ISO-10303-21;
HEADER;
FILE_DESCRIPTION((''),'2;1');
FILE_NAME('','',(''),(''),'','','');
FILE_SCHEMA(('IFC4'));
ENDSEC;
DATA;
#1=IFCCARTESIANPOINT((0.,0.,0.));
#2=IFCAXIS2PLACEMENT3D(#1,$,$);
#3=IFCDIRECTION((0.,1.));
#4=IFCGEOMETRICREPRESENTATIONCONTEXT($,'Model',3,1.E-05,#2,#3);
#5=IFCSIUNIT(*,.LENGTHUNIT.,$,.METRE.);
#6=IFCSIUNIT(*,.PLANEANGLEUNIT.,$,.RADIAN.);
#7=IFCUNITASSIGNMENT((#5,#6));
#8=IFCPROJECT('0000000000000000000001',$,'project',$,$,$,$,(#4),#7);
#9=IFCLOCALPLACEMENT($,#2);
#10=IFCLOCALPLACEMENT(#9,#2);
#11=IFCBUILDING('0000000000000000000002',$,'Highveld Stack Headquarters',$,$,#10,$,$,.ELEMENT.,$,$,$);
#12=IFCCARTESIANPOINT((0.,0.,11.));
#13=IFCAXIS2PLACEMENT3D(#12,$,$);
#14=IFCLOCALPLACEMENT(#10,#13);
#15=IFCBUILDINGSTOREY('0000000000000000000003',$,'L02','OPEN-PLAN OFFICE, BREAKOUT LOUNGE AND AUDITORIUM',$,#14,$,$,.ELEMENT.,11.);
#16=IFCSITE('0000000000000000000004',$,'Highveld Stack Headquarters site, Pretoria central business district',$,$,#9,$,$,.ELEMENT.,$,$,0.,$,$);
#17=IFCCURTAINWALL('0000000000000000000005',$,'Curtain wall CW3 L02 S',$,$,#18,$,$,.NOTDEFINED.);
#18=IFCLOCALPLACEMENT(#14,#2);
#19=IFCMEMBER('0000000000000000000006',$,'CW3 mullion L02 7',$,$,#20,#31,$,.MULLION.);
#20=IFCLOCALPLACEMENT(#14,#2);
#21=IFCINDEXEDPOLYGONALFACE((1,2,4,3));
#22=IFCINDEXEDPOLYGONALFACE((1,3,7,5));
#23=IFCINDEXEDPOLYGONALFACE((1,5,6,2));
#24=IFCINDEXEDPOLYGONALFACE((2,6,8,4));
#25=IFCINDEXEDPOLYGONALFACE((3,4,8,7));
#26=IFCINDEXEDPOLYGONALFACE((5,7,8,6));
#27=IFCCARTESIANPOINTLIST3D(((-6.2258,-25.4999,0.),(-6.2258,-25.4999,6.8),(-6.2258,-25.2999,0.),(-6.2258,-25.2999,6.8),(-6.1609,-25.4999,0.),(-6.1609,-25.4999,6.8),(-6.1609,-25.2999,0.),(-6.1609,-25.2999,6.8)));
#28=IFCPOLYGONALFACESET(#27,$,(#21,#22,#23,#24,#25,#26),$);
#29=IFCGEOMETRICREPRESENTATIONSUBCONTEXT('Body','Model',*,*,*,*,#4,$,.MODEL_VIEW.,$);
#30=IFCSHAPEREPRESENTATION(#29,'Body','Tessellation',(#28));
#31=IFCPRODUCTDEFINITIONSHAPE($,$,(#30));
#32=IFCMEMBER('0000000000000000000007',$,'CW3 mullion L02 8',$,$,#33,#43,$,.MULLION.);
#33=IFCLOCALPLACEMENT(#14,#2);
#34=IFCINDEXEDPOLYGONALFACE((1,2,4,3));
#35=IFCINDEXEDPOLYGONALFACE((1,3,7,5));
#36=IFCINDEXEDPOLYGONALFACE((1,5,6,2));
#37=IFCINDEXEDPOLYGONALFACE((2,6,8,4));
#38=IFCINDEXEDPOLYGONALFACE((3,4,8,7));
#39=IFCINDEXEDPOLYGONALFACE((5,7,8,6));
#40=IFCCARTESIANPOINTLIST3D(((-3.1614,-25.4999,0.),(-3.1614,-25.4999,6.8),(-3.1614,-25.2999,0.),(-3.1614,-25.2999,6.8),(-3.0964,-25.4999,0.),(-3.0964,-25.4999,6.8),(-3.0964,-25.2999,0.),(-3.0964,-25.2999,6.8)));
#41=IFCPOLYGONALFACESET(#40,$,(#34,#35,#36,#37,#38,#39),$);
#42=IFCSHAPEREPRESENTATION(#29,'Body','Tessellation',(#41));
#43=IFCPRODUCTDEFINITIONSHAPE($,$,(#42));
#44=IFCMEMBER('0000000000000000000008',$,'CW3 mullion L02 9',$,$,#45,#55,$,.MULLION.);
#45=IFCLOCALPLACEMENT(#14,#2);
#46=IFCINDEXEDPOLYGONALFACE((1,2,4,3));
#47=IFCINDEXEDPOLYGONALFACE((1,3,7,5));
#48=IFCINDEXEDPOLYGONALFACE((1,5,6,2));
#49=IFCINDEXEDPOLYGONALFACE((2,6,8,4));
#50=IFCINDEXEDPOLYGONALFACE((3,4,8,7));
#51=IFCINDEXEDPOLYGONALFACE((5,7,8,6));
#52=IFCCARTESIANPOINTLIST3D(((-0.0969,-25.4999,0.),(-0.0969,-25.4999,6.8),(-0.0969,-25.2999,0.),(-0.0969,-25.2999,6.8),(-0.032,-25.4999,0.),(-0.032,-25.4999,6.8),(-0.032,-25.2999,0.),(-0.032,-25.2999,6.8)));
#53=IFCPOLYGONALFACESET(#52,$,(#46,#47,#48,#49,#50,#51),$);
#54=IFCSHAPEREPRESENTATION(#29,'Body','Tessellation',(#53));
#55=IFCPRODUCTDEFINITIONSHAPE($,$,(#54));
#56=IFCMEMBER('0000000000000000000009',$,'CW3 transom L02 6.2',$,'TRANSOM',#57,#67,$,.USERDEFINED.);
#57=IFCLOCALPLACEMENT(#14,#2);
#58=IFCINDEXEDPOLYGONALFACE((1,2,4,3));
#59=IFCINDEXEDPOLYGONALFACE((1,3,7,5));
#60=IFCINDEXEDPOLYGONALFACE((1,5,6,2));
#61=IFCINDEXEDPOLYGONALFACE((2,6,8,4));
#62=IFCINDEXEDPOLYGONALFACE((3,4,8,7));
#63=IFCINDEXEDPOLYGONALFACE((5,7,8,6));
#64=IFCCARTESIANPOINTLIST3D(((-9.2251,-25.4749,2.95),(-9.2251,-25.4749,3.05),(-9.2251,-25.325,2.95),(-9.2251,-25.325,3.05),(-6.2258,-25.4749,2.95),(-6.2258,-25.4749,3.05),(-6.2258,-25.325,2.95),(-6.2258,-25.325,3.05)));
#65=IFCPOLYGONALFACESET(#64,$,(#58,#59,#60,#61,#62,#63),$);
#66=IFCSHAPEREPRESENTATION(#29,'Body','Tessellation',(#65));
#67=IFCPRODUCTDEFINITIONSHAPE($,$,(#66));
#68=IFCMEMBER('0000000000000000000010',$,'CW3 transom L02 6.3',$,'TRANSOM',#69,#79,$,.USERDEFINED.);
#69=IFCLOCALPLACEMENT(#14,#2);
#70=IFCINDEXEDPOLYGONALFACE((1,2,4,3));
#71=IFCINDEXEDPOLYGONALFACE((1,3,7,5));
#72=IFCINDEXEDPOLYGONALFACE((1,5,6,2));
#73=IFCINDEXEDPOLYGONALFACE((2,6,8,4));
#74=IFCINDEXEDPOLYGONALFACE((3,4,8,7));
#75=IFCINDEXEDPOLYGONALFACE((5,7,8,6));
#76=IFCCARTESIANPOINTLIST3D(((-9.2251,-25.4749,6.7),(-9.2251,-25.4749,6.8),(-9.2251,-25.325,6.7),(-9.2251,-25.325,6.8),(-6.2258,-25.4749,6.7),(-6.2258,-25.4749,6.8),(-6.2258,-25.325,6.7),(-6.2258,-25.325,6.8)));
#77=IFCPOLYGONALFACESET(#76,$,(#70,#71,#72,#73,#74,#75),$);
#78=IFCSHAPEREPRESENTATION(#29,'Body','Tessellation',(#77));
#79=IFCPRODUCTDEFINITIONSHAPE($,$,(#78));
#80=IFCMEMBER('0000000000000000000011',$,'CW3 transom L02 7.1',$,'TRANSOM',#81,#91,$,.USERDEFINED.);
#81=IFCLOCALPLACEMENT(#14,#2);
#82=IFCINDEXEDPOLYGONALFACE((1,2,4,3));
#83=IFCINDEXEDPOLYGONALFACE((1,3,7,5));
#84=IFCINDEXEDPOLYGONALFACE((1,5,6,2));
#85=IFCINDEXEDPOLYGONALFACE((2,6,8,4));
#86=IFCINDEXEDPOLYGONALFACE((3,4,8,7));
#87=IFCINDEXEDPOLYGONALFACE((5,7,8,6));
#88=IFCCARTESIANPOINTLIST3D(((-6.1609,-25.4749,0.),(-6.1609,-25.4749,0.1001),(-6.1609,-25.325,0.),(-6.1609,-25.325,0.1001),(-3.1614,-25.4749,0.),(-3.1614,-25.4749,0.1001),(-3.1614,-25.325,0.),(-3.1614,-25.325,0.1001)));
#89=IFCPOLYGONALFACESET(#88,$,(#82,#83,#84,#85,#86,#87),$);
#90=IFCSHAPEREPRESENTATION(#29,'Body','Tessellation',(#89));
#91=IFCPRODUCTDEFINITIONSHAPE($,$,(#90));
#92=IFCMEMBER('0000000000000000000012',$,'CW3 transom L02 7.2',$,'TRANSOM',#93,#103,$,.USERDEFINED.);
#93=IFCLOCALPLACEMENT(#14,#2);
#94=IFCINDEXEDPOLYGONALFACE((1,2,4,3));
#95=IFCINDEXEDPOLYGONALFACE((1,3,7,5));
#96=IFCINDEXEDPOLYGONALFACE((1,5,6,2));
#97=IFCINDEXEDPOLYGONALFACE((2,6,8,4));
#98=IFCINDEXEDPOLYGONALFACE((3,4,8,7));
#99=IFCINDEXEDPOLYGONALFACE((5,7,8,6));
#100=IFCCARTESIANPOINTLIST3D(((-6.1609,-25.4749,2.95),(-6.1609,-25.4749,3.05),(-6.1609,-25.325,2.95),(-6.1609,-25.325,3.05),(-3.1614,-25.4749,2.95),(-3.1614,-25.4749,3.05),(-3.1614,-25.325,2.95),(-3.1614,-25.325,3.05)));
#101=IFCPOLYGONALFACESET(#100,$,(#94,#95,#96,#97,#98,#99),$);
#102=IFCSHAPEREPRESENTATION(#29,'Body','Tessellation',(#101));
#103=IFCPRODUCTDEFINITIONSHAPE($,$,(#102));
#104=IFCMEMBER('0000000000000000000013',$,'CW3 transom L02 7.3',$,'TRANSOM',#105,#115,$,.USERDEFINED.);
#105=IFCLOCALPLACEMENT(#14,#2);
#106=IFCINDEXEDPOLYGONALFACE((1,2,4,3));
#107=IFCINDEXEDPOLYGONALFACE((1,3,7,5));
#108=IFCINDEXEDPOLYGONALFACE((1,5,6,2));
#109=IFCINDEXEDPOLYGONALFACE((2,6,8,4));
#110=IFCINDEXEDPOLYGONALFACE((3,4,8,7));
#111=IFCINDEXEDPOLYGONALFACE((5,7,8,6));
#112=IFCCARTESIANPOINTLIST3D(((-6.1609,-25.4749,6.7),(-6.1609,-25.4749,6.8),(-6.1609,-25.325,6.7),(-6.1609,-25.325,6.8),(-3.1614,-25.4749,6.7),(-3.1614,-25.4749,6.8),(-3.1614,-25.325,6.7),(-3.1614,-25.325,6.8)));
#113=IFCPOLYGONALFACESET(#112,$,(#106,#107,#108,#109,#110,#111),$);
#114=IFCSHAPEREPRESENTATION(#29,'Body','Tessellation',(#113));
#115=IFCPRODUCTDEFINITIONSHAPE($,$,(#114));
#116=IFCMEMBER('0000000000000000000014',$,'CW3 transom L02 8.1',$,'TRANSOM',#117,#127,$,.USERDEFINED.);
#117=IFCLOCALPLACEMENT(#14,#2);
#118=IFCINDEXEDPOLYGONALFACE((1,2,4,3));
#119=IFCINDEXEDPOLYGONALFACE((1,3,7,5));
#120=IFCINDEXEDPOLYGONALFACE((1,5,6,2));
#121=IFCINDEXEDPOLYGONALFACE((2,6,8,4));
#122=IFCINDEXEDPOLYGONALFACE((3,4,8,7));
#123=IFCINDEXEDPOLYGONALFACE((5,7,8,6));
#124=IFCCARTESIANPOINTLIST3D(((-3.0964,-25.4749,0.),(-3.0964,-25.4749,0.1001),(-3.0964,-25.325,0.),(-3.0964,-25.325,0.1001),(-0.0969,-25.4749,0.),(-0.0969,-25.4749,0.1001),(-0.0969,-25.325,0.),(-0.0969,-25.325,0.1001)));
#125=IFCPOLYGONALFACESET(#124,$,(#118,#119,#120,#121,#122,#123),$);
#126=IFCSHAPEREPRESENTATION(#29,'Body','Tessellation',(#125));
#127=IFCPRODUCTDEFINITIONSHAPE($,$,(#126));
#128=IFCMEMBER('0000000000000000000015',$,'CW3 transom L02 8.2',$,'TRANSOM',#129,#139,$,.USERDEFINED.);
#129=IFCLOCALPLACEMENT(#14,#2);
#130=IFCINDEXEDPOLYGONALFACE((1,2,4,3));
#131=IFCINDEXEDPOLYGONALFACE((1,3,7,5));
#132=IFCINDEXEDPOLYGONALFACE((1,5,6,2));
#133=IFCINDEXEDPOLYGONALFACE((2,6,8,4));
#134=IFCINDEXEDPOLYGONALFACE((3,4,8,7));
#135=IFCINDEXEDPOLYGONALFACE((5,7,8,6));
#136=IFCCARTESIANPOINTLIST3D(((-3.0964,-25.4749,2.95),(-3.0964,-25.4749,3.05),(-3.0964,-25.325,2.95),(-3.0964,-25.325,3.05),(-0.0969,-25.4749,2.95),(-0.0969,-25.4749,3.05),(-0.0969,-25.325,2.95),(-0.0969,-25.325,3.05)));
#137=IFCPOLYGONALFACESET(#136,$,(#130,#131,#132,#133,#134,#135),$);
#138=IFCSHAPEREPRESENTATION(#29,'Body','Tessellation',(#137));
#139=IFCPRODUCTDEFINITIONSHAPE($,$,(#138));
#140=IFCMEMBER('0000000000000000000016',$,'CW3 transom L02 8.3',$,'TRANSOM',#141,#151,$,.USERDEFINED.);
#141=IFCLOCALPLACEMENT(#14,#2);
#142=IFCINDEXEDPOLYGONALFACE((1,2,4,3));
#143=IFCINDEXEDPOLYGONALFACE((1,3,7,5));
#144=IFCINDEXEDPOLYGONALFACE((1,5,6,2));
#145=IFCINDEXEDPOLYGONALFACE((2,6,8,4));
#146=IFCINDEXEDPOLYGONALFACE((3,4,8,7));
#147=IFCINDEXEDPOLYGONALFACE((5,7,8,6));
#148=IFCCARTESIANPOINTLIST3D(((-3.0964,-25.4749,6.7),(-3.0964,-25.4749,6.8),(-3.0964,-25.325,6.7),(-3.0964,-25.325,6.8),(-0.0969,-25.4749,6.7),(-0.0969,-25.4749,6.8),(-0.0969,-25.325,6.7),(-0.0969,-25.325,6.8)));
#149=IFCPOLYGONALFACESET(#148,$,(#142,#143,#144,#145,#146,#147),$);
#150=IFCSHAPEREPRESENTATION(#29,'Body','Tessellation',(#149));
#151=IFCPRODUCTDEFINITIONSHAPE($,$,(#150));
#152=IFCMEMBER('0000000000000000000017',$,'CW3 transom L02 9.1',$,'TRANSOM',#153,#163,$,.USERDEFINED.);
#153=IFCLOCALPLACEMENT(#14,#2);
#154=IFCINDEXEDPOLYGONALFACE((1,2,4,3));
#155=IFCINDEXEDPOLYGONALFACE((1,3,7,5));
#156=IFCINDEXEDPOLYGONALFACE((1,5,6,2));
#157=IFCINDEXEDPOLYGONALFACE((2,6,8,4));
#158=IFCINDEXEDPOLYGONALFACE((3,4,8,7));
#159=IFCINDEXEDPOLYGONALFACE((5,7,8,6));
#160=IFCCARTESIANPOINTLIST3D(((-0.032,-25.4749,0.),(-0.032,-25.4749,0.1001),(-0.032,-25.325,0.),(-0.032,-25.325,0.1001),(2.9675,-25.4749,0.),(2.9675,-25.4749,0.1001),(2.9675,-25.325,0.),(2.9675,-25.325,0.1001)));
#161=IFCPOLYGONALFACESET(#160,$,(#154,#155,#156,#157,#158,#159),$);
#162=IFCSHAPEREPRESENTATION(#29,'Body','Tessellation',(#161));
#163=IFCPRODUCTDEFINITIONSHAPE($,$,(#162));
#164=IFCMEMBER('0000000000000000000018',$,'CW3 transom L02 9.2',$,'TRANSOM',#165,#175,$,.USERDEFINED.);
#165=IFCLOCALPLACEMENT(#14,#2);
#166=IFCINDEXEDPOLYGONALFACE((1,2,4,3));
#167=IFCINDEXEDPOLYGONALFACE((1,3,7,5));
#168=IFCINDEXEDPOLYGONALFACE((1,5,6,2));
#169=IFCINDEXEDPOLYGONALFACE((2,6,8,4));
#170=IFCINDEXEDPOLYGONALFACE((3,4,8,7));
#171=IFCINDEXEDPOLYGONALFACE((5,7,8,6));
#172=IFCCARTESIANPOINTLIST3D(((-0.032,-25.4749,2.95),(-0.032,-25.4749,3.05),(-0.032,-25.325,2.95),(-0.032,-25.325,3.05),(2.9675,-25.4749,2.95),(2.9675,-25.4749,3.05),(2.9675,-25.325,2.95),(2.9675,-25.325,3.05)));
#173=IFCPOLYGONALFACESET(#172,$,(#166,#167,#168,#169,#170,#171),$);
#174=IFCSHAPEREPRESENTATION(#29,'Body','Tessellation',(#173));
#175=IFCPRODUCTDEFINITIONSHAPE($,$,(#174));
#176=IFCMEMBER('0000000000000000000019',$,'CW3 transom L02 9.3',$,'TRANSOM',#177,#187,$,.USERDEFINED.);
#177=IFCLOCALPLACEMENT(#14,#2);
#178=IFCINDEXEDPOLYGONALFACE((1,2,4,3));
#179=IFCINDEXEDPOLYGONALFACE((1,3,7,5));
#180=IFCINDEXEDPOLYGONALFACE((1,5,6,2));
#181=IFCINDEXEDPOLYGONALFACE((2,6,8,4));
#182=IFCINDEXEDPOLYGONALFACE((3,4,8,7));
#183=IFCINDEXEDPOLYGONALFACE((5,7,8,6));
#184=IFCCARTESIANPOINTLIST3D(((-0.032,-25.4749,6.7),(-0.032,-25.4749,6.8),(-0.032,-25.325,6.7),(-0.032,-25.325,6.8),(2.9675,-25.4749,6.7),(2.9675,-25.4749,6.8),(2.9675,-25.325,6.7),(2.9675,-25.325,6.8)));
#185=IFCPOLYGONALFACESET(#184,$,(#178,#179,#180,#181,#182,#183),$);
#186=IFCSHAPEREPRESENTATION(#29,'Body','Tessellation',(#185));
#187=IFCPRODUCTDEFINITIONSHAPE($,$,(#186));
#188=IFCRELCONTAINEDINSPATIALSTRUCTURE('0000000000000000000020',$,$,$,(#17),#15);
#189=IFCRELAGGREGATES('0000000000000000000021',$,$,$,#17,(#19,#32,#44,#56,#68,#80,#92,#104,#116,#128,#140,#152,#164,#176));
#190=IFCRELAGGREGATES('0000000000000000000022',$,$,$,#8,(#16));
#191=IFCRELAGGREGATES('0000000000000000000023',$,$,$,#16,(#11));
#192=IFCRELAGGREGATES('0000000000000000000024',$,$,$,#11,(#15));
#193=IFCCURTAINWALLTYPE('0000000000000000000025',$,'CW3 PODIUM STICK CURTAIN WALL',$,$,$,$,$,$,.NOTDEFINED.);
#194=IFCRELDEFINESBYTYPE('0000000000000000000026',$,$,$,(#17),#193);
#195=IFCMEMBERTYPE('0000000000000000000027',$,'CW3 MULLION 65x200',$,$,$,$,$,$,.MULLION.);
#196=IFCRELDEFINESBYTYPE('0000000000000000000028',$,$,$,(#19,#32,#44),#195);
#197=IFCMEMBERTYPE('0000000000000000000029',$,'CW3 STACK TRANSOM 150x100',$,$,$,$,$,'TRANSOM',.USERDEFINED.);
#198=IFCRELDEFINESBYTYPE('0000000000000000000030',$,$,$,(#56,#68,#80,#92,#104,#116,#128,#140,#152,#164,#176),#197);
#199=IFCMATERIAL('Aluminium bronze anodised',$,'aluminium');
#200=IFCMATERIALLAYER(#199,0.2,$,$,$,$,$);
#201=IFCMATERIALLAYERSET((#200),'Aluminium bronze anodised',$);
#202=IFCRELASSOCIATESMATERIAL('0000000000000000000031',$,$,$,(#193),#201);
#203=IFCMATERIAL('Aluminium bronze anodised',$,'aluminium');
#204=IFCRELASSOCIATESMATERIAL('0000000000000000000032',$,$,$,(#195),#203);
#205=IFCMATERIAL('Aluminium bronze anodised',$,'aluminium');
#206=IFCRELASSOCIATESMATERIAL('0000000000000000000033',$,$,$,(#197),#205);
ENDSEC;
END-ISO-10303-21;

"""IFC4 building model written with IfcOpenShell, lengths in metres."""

from ifc_helpers import new_model, si_unit, direction, frame, origin, origin_2d, place, context, subcontext, project, spatial, rectangle, extrude, material, layer, layer_set, material_profile, profile_set, type_object, element, aggregate, save


model = new_model("IFC4")

# Units and contexts
model_context = context("Model", 3, precision=1e-05, world=origin(), true_north=direction((0.0, 1.0)))
body_context = subcontext(model_context, "Body", "Model", "MODEL_VIEW")
ifc_project = project(units=[si_unit("LENGTHUNIT", "METRE"), si_unit("PLANEANGLEUNIT", "RADIAN")], contexts=[model_context])

# Site, building, storey
site_placement = place(None, origin())
site = spatial("IfcSite", under=ifc_project, at=site_placement, Name="Highveld Stack Headquarters site, Pretoria central business district", CompositionType="ELEMENT", RefElevation=0.0)
building_placement = place(site_placement, origin())
building = spatial("IfcBuilding", under=site, at=building_placement, Name="Highveld Stack Headquarters", CompositionType="ELEMENT")
storey_placement = place(building_placement, frame((0.0, 0.0, 11.0)))
storey = spatial("IfcBuildingStorey", under=building, at=storey_placement, Name="L02", Description="OPEN-PLAN OFFICE, BREAKOUT LOUNGE AND AUDITORIUM", CompositionType="ELEMENT", Elevation=11.0)

# Curtain wall, members
ifc_material_1 = material(Name="Aluminium bronze anodised", Category="aluminium")
ifc_layer_1 = layer(ifc_material_1, 0.2)
ifc_layer_set_1 = layer_set([ifc_layer_1], Name="Aluminium bronze anodised")
curtain_wall_type = type_object("IfcCurtainWallType", Name="CW3 PODIUM STICK CURTAIN WALL", PredefinedType="NOTDEFINED", material=ifc_layer_set_1)
curtain_wall_placement = place(storey_placement, origin())
curtain_wall = element("IfcCurtainWall", 1, at=curtain_wall_placement, inside=storey, type_object=curtain_wall_type, Name="Curtain wall CW3 L02 S", PredefinedType="NOTDEFINED")
ifc_material_2 = material(Name="Aluminium bronze anodised", Category="aluminium")
ifc_material_profile_1 = material_profile(ifc_material_2, rectangle(XDim=0.2, YDim=0.0649, at=origin_2d()), Name="CW3 MULLION 65x200")
ifc_profile_set_1 = profile_set([ifc_material_profile_1], Name="Aluminium bronze anodised")
member_type_1 = type_object("IfcMemberType", Name="CW3 MULLION 65x200", PredefinedType="MULLION", material=ifc_profile_set_1)
member_1_placement = place(storey_placement, frame((-6.1934, -25.3999, 0.0), z_axis=(0.0, 0.0, 1.0), x_axis=(0.0, 1.0, 0.0)))
member_1 = element("IfcMember", 2, at=member_1_placement, type_object=member_type_1, Name="CW3 mullion L02 7", PredefinedType="MULLION", context=body_context, shape_type="SweptSolid", body=[
    extrude(rectangle(XDim=0.2, YDim=0.0649, at=origin_2d()), origin(), (0.0, 0.0, 1.0), 6.8),
])
member_2_placement = place(storey_placement, frame((-3.1289, -25.3999, 0.0), z_axis=(0.0, 0.0, 1.0), x_axis=(0.0, 1.0, 0.0)))
member_2 = element("IfcMember", 3, at=member_2_placement, type_object=member_type_1, Name="CW3 mullion L02 8", PredefinedType="MULLION", context=body_context, shape_type="SweptSolid", body=[
    extrude(rectangle(XDim=0.2, YDim=0.0649, at=origin_2d()), origin(), (0.0, 0.0, 1.0), 6.8),
])
member_3_placement = place(storey_placement, frame((-0.0645, -25.3999, 0.0), z_axis=(0.0, 0.0, 1.0), x_axis=(0.0, 1.0, 0.0)))
member_3 = element("IfcMember", 4, at=member_3_placement, type_object=member_type_1, Name="CW3 mullion L02 9", PredefinedType="MULLION", context=body_context, shape_type="SweptSolid", body=[
    extrude(rectangle(XDim=0.2, YDim=0.0649, at=origin_2d()), origin(), (0.0, 0.0, 1.0), 6.8),
])
ifc_material_3 = material(Name="Aluminium bronze anodised", Category="aluminium")
ifc_material_profile_2 = material_profile(ifc_material_3, rectangle(XDim=0.1499, YDim=0.1001, at=origin_2d()), Name="CW3 TRANSOM 150x100")
ifc_profile_set_2 = profile_set([ifc_material_profile_2], Name="Aluminium bronze anodised")
member_type_2 = type_object("IfcMemberType", Name="CW3 STACK TRANSOM 150x100", ElementType="TRANSOM", PredefinedType="USERDEFINED", material=ifc_profile_set_2)
member_4_placement = place(storey_placement, frame((-9.2251, -25.3999, 3.0), z_axis=(1.0, 0.0, 0.0), x_axis=(0.0, 1.0, 0.0)))
member_4 = element("IfcMember", 5, at=member_4_placement, type_object=member_type_2, Name="CW3 transom L02 6.2", ObjectType="TRANSOM", PredefinedType="USERDEFINED", context=body_context, shape_type="SweptSolid", body=[
    extrude(rectangle(XDim=0.1499, YDim=0.1001, at=origin_2d()), origin(), (0.0, 0.0, 1.0), 2.9993),
])
member_5_placement = place(storey_placement, frame((-9.2251, -25.3999, 6.75), z_axis=(1.0, 0.0, 0.0), x_axis=(0.0, 1.0, 0.0)))
member_5 = element("IfcMember", 6, at=member_5_placement, type_object=member_type_2, Name="CW3 transom L02 6.3", ObjectType="TRANSOM", PredefinedType="USERDEFINED", context=body_context, shape_type="SweptSolid", body=[
    extrude(rectangle(XDim=0.1499, YDim=0.1001, at=origin_2d()), origin(), (0.0, 0.0, 1.0), 2.9993),
])
member_6_placement = place(storey_placement, frame((-6.1609, -25.3999, 0.05), z_axis=(1.0, 0.0, 0.0), x_axis=(0.0, 1.0, 0.0)))
member_6 = element("IfcMember", 7, at=member_6_placement, type_object=member_type_2, Name="CW3 transom L02 7.1", ObjectType="TRANSOM", PredefinedType="USERDEFINED", context=body_context, shape_type="SweptSolid", body=[
    extrude(rectangle(XDim=0.1499, YDim=0.1001, at=origin_2d()), origin(), (0.0, 0.0, 1.0), 2.9995),
])
member_7_placement = place(storey_placement, frame((-6.1609, -25.3999, 3.0), z_axis=(1.0, 0.0, 0.0), x_axis=(0.0, 1.0, 0.0)))
member_7 = element("IfcMember", 8, at=member_7_placement, type_object=member_type_2, Name="CW3 transom L02 7.2", ObjectType="TRANSOM", PredefinedType="USERDEFINED", context=body_context, shape_type="SweptSolid", body=[
    extrude(rectangle(XDim=0.1499, YDim=0.1001, at=origin_2d()), origin(), (0.0, 0.0, 1.0), 2.9995),
])
member_8_placement = place(storey_placement, frame((-6.1609, -25.3999, 6.75), z_axis=(1.0, 0.0, 0.0), x_axis=(0.0, 1.0, 0.0)))
member_8 = element("IfcMember", 9, at=member_8_placement, type_object=member_type_2, Name="CW3 transom L02 7.3", ObjectType="TRANSOM", PredefinedType="USERDEFINED", context=body_context, shape_type="SweptSolid", body=[
    extrude(rectangle(XDim=0.1499, YDim=0.1001, at=origin_2d()), origin(), (0.0, 0.0, 1.0), 2.9995),
])
member_9_placement = place(storey_placement, frame((-3.0964, -25.3999, 0.05), z_axis=(1.0, 0.0, 0.0), x_axis=(0.0, 1.0, 0.0)))
member_9 = element("IfcMember", 10, at=member_9_placement, type_object=member_type_2, Name="CW3 transom L02 8.1", ObjectType="TRANSOM", PredefinedType="USERDEFINED", context=body_context, shape_type="SweptSolid", body=[
    extrude(rectangle(XDim=0.1499, YDim=0.1001, at=origin_2d()), origin(), (0.0, 0.0, 1.0), 2.9995),
])
member_10_placement = place(storey_placement, frame((-3.0964, -25.3999, 3.0), z_axis=(1.0, 0.0, 0.0), x_axis=(0.0, 1.0, 0.0)))
member_10 = element("IfcMember", 11, at=member_10_placement, type_object=member_type_2, Name="CW3 transom L02 8.2", ObjectType="TRANSOM", PredefinedType="USERDEFINED", context=body_context, shape_type="SweptSolid", body=[
    extrude(rectangle(XDim=0.1499, YDim=0.1001, at=origin_2d()), origin(), (0.0, 0.0, 1.0), 2.9995),
])
member_11_placement = place(storey_placement, frame((-3.0964, -25.3999, 6.75), z_axis=(1.0, 0.0, 0.0), x_axis=(0.0, 1.0, 0.0)))
member_11 = element("IfcMember", 12, at=member_11_placement, type_object=member_type_2, Name="CW3 transom L02 8.3", ObjectType="TRANSOM", PredefinedType="USERDEFINED", context=body_context, shape_type="SweptSolid", body=[
    extrude(rectangle(XDim=0.1499, YDim=0.1001, at=origin_2d()), origin(), (0.0, 0.0, 1.0), 2.9995),
])
member_12_placement = place(storey_placement, frame((-0.032, -25.3999, 0.05), z_axis=(1.0, 0.0, 0.0), x_axis=(0.0, 1.0, 0.0)))
member_12 = element("IfcMember", 13, at=member_12_placement, type_object=member_type_2, Name="CW3 transom L02 9.1", ObjectType="TRANSOM", PredefinedType="USERDEFINED", context=body_context, shape_type="SweptSolid", body=[
    extrude(rectangle(XDim=0.1499, YDim=0.1001, at=origin_2d()), origin(), (0.0, 0.0, 1.0), 2.9995),
])
member_13_placement = place(storey_placement, frame((-0.032, -25.3999, 3.0), z_axis=(1.0, 0.0, 0.0), x_axis=(0.0, 1.0, 0.0)))
member_13 = element("IfcMember", 14, at=member_13_placement, type_object=member_type_2, Name="CW3 transom L02 9.2", ObjectType="TRANSOM", PredefinedType="USERDEFINED", context=body_context, shape_type="SweptSolid", body=[
    extrude(rectangle(XDim=0.1499, YDim=0.1001, at=origin_2d()), origin(), (0.0, 0.0, 1.0), 2.9995),
])
member_14_placement = place(storey_placement, frame((-0.032, -25.3999, 6.75), z_axis=(1.0, 0.0, 0.0), x_axis=(0.0, 1.0, 0.0)))
member_14 = element("IfcMember", 15, at=member_14_placement, type_object=member_type_2, Name="CW3 transom L02 9.3", ObjectType="TRANSOM", PredefinedType="USERDEFINED", context=body_context, shape_type="SweptSolid", body=[
    extrude(rectangle(XDim=0.1499, YDim=0.1001, at=origin_2d()), origin(), (0.0, 0.0, 1.0), 2.9995),
])
aggregate(curtain_wall, [member_1, member_2, member_3, member_4, member_5, member_6, member_7, member_8, member_9, member_10, member_11, member_12, member_13, member_14])

save(model, "model.ifc")
